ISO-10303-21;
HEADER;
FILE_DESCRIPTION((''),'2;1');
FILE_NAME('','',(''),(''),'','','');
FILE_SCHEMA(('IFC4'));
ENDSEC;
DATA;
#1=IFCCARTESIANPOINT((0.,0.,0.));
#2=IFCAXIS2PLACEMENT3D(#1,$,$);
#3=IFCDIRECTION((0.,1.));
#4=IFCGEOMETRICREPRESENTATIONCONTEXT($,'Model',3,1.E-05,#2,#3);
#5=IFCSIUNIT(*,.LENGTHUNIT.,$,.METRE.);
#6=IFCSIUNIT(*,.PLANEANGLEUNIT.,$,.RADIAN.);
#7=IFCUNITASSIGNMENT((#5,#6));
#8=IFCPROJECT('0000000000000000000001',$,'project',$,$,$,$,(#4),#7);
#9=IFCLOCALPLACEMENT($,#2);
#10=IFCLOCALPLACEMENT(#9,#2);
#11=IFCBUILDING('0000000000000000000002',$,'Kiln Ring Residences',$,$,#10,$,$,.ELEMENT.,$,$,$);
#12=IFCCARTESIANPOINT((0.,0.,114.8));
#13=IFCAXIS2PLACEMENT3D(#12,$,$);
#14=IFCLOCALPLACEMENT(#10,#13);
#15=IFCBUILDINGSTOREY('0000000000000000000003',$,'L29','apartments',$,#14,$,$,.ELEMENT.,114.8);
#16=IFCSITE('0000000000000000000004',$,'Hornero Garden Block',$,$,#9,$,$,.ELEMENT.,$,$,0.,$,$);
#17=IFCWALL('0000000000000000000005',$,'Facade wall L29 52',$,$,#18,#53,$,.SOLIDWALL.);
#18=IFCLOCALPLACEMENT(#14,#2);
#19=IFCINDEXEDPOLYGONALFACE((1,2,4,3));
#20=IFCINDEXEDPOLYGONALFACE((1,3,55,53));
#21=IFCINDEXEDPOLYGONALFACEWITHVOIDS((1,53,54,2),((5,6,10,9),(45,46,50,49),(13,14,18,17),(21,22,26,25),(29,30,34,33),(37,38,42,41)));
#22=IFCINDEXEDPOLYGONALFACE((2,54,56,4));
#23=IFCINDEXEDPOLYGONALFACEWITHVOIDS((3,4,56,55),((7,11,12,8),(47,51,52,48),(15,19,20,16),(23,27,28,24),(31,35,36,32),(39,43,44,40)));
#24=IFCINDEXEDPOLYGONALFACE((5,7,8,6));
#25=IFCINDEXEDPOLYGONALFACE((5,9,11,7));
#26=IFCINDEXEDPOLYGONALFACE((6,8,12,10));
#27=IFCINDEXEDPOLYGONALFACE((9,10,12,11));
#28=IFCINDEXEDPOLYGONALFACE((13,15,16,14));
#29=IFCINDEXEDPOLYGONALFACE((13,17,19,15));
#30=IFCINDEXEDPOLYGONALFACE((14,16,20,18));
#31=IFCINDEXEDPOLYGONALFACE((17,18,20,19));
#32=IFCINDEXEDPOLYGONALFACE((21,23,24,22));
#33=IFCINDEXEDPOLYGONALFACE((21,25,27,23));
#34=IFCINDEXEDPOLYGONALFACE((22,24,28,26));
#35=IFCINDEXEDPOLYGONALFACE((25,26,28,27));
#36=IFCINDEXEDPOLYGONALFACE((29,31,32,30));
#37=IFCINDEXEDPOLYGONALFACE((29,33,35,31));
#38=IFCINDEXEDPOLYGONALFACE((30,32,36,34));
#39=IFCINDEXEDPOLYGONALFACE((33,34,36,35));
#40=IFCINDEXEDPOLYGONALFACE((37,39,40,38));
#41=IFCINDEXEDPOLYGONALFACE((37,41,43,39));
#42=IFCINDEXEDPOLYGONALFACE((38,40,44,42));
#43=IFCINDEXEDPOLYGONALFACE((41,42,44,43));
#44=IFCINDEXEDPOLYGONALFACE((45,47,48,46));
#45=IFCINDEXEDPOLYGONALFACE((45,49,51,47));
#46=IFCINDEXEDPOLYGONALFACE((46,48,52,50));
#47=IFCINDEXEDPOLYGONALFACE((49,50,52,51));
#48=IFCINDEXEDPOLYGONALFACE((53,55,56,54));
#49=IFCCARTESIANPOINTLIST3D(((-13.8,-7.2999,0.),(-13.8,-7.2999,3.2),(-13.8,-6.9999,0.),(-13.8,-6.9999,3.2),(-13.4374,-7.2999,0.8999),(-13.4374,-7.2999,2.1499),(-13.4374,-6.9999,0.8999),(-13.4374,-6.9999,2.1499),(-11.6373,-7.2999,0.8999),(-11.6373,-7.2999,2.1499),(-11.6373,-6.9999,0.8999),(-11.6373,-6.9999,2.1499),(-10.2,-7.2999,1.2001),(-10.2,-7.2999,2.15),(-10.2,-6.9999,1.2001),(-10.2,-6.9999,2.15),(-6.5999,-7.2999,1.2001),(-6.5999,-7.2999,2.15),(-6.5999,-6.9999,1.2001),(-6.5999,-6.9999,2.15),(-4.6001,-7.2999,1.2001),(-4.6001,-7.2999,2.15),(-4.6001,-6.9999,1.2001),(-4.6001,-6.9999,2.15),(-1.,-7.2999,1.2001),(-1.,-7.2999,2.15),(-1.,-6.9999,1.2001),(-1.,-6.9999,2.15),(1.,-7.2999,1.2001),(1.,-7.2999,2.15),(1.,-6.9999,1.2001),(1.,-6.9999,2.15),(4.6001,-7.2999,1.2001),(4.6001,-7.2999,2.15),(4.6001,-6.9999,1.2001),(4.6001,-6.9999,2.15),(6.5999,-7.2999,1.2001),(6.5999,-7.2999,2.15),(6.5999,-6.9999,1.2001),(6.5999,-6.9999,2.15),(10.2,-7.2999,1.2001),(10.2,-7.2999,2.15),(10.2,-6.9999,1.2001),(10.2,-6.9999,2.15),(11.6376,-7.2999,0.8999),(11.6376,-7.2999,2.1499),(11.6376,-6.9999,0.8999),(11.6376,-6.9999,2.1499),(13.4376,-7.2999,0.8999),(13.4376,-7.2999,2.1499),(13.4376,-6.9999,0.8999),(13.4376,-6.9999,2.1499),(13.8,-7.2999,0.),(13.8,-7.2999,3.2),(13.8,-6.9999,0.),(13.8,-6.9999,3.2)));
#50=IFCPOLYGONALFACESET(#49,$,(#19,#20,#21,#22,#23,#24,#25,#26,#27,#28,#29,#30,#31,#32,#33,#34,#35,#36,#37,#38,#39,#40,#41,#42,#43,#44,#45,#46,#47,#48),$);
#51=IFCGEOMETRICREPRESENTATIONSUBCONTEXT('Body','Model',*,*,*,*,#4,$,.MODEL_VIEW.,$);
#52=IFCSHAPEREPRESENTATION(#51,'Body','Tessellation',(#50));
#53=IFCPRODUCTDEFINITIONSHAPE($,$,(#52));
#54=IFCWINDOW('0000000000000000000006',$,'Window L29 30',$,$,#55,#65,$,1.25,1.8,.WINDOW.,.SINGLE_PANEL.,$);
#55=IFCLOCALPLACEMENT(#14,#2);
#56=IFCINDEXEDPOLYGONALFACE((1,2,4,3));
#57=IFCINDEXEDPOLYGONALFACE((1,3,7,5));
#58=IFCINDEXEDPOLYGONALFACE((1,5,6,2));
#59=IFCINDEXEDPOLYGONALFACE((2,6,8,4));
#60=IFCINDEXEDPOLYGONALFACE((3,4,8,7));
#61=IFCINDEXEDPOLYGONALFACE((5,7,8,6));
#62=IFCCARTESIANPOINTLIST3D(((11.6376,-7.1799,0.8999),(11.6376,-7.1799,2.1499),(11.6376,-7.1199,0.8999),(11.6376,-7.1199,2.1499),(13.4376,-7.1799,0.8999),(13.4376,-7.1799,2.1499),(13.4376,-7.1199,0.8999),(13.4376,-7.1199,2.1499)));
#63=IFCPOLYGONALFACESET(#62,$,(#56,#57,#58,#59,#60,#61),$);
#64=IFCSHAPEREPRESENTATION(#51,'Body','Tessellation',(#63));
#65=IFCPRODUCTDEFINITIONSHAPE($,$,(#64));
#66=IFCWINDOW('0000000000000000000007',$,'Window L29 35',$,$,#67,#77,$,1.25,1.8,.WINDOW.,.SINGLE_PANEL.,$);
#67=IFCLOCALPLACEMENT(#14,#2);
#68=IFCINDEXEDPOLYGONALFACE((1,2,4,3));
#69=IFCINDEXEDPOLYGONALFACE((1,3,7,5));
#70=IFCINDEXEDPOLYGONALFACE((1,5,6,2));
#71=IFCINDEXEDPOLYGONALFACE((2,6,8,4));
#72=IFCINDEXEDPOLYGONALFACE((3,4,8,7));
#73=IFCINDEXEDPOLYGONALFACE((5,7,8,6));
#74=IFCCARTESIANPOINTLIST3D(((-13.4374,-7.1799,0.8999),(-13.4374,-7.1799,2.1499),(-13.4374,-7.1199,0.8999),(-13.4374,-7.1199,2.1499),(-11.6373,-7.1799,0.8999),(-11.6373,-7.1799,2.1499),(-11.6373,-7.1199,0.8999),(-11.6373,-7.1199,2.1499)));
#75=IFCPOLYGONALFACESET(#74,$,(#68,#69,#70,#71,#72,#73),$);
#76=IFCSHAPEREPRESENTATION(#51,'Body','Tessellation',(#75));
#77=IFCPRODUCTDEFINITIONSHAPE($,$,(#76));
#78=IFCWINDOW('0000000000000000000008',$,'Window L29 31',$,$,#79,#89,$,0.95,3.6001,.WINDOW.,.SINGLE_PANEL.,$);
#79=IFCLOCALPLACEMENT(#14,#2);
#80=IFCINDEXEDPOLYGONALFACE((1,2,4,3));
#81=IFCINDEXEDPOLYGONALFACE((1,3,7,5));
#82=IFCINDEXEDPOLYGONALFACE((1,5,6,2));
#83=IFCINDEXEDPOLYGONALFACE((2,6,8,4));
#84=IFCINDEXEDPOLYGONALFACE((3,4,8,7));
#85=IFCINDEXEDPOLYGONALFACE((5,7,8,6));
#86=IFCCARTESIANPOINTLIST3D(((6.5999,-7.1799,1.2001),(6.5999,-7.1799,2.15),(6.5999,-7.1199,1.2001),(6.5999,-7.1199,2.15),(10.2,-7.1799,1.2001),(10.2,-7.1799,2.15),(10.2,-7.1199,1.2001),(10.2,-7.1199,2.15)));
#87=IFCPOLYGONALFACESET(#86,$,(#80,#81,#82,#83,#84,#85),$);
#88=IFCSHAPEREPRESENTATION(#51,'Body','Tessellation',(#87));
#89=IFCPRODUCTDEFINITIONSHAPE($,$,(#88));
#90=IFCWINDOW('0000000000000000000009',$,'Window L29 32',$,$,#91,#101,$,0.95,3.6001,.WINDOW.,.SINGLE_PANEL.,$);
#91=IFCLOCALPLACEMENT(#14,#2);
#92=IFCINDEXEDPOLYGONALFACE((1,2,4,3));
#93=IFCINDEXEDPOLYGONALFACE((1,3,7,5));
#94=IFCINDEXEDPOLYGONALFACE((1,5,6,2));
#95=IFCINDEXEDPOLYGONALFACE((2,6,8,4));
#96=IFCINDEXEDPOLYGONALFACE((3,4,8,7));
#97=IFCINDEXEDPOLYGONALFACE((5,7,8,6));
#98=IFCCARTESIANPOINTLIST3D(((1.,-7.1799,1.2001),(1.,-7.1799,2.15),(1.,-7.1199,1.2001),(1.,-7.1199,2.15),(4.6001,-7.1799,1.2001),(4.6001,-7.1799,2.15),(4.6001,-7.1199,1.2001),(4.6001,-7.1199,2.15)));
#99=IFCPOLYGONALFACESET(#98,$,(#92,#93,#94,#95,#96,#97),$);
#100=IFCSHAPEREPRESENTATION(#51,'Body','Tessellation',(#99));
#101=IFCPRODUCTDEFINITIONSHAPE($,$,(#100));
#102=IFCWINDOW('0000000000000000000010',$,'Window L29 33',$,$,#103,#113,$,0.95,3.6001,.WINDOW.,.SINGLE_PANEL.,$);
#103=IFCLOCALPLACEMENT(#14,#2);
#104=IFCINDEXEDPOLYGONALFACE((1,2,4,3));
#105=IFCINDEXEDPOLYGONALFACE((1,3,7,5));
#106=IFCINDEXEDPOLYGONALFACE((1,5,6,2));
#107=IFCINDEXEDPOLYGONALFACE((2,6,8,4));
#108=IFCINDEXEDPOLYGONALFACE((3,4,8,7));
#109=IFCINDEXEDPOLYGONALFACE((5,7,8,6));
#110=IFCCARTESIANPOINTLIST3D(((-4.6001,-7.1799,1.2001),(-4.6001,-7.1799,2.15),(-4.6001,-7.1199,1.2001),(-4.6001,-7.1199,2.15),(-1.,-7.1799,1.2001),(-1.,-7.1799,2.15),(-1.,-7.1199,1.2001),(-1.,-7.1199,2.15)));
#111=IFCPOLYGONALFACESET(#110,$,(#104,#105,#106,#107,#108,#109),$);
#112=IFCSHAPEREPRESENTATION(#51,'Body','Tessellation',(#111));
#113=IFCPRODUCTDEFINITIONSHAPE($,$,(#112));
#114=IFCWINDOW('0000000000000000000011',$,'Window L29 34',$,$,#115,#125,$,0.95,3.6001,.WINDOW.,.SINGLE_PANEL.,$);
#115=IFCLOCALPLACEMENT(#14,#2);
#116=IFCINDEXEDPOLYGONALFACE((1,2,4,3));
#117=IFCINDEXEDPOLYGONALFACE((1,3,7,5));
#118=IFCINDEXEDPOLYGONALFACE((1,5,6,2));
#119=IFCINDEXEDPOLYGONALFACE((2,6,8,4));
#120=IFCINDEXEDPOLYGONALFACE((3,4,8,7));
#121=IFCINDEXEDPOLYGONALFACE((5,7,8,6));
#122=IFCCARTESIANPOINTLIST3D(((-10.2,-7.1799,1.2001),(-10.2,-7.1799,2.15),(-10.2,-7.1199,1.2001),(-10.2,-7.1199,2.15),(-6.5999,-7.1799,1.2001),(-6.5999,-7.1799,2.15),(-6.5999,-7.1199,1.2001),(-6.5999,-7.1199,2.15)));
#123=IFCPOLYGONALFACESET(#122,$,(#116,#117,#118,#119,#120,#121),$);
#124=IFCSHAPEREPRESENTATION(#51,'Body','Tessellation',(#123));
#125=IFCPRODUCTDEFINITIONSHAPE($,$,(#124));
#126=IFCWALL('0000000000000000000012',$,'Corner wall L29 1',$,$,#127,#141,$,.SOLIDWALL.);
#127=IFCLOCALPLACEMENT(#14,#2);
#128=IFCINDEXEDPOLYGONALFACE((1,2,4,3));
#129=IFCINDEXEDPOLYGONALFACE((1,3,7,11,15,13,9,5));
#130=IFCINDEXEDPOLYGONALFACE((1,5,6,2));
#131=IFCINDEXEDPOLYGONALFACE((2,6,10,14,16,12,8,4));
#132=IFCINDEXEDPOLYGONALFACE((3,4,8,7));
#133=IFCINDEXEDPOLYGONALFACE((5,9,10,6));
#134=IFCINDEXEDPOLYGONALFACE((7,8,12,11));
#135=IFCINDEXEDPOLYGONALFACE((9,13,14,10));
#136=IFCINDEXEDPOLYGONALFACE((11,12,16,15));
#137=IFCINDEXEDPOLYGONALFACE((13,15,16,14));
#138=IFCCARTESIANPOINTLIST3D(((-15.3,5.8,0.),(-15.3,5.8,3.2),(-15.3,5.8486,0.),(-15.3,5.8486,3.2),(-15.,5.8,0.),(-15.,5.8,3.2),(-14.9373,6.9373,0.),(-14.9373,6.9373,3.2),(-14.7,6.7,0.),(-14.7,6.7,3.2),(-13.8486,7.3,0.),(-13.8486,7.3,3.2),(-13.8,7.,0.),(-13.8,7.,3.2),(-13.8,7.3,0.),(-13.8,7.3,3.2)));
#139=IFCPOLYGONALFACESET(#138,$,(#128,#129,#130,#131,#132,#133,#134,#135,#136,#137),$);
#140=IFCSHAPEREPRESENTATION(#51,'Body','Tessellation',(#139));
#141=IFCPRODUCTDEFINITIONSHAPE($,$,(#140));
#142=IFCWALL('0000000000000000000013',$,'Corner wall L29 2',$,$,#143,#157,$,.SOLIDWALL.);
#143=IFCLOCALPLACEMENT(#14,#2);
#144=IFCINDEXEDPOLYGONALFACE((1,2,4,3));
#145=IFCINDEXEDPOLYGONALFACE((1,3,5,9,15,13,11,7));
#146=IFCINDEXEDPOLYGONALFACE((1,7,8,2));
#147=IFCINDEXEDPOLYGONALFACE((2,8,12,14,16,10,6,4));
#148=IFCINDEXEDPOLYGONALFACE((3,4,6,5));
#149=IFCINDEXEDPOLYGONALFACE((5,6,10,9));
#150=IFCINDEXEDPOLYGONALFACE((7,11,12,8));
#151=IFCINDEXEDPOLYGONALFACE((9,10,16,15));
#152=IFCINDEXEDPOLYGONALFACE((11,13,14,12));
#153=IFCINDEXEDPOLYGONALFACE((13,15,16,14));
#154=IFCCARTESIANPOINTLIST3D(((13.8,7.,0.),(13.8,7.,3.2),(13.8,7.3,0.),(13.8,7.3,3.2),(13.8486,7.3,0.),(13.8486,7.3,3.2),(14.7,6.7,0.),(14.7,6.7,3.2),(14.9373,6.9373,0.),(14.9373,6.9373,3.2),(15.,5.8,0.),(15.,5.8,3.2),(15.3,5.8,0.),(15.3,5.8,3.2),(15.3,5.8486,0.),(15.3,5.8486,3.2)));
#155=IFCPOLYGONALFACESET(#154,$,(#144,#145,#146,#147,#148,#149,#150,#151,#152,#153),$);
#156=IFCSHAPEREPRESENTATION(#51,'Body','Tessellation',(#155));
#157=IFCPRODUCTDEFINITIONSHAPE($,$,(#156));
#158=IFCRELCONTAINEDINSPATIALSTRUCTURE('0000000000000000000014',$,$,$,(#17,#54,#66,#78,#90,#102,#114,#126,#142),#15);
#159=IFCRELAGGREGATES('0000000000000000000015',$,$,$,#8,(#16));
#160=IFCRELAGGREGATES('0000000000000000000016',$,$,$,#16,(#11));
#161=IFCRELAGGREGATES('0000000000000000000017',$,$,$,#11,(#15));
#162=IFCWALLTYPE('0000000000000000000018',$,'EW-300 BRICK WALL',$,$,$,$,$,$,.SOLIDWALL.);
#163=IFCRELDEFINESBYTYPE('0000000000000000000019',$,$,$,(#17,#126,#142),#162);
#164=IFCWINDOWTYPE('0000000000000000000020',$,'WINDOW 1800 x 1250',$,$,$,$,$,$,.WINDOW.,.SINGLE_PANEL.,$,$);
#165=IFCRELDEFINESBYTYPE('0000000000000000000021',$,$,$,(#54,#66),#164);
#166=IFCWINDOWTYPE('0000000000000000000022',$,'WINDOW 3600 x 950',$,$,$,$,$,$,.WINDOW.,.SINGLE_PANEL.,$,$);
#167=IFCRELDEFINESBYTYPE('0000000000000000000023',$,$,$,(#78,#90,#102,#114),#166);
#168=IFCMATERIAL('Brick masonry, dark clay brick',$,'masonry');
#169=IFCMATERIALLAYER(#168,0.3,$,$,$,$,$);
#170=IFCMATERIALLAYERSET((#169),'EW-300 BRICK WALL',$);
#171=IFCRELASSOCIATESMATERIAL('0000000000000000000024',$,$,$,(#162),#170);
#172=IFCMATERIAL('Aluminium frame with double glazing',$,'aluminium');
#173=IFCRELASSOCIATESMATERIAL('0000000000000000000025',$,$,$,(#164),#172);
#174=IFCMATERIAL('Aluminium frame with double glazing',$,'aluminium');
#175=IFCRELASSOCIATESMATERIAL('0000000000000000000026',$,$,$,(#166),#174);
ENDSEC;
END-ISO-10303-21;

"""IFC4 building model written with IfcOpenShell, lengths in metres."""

from ifc_helpers import new_model, si_unit, direction, frame, frame_2d, origin, place, context, subcontext, project, spatial, polyline, rectangle, outline, extrude, material, layer, layer_set, type_object, element, fill, save


model = new_model("IFC4")

# Units and contexts
model_context = context("Model", 3, precision=1e-05, world=origin(), true_north=direction((0.0, 1.0)))
body_context = subcontext(model_context, "Body", "Model", "MODEL_VIEW")
ifc_project = project(units=[si_unit("LENGTHUNIT", "METRE"), si_unit("PLANEANGLEUNIT", "RADIAN")], contexts=[model_context])

# Site, building, storey
site_placement = place(None, origin())
site = spatial("IfcSite", under=ifc_project, at=site_placement, Name="Hornero Garden Block", CompositionType="ELEMENT", RefElevation=0.0)
building_placement = place(site_placement, origin())
building = spatial("IfcBuilding", under=site, at=building_placement, Name="Kiln Ring Residences", CompositionType="ELEMENT")
storey_placement = place(building_placement, frame((0.0, 0.0, 114.8)))
storey = spatial("IfcBuildingStorey", under=building, at=storey_placement, Name="L29", Description="apartments", CompositionType="ELEMENT", Elevation=114.8)

# Shared definitions
placement_1 = place(storey_placement, origin())

# Wall, openings, windows
ifc_material_1 = material(Name="Brick masonry, dark clay brick", Category="masonry")
ifc_layer_1 = layer(ifc_material_1, 0.3)
ifc_layer_set_1 = layer_set([ifc_layer_1], Name="EW-300 BRICK WALL")
wall_type_1 = type_object("IfcWallType", Name="EW-300 BRICK WALL", PredefinedType="SOLIDWALL", material=ifc_layer_set_1)
wall_1_placement = place(storey_placement, frame((13.8, -7.1499, 0.0), z_axis=(0.0, 0.0, 1.0), x_axis=(-1.0, 0.0, 0.0)))
wall_1 = element("IfcWall", 1, at=wall_1_placement, inside=storey, type_object=wall_type_1, Name="Facade wall L29 52", PredefinedType="SOLIDWALL", context=body_context, shape_type="SweptSolid", body=[
    extrude(rectangle(XDim=27.6001, YDim=0.3, at=frame_2d((13.8, 0.0))), origin(), (0.0, 0.0, 1.0), 3.2),
])
opening_1_placement = place(wall_1_placement, frame((0.3625, 0.0, 0.8999)))
opening_1 = element("IfcOpeningElement", 2, at=opening_1_placement, cuts=wall_1, PredefinedType="OPENING", context=body_context, shape_type="SweptSolid", body=[
    extrude(rectangle(XDim=1.8, YDim=1.25, at=frame_2d((0.8999, 0.625))), frame((0.0, 0.1599, 0.0), z_axis=(0.0, -1.0, 0.0), x_axis=(1.0, 0.0, 0.0)), (0.0, 0.0, 1.0), 0.3201),
])
opening_2_placement = place(wall_1_placement, frame((3.6001, 0.0, 1.2)))
opening_2 = element("IfcOpeningElement", 3, at=opening_2_placement, cuts=wall_1, PredefinedType="OPENING", context=body_context, shape_type="SweptSolid", body=[
    extrude(rectangle(XDim=3.6001, YDim=0.95, at=frame_2d((1.8, 0.4751))), frame((0.0, 0.1599, 0.0), z_axis=(0.0, -1.0, 0.0), x_axis=(1.0, 0.0, 0.0)), (0.0, 0.0, 1.0), 0.3201),
])
opening_3_placement = place(wall_1_placement, frame((9.2, 0.0, 1.2)))
opening_3 = element("IfcOpeningElement", 4, at=opening_3_placement, cuts=wall_1, PredefinedType="OPENING", context=body_context, shape_type="SweptSolid", body=[
    extrude(rectangle(XDim=3.6001, YDim=0.95, at=frame_2d((1.8, 0.4751))), frame((0.0, 0.1599, 0.0), z_axis=(0.0, -1.0, 0.0), x_axis=(1.0, 0.0, 0.0)), (0.0, 0.0, 1.0), 0.3201),
])
opening_4_placement = place(wall_1_placement, frame((14.8, 0.0, 1.2)))
opening_4 = element("IfcOpeningElement", 5, at=opening_4_placement, cuts=wall_1, PredefinedType="OPENING", context=body_context, shape_type="SweptSolid", body=[
    extrude(rectangle(XDim=3.6001, YDim=0.95, at=frame_2d((1.8, 0.4751))), frame((0.0, 0.1599, 0.0), z_axis=(0.0, -1.0, 0.0), x_axis=(1.0, 0.0, 0.0)), (0.0, 0.0, 1.0), 0.3201),
])
opening_5_placement = place(wall_1_placement, frame((20.3999, 0.0, 1.2)))
opening_5 = element("IfcOpeningElement", 6, at=opening_5_placement, cuts=wall_1, PredefinedType="OPENING", context=body_context, shape_type="SweptSolid", body=[
    extrude(rectangle(XDim=3.6001, YDim=0.95, at=frame_2d((1.8, 0.4751))), frame((0.0, 0.1599, 0.0), z_axis=(0.0, -1.0, 0.0), x_axis=(1.0, 0.0, 0.0)), (0.0, 0.0, 1.0), 0.3201),
])
opening_6_placement = place(wall_1_placement, frame((25.4375, 0.0, 0.8999)))
opening_6 = element("IfcOpeningElement", 7, at=opening_6_placement, cuts=wall_1, PredefinedType="OPENING", context=body_context, shape_type="SweptSolid", body=[
    extrude(rectangle(XDim=1.8, YDim=1.25, at=frame_2d((0.8999, 0.625))), frame((0.0, 0.1599, 0.0), z_axis=(0.0, -1.0, 0.0), x_axis=(1.0, 0.0, 0.0)), (0.0, 0.0, 1.0), 0.3201),
])
ifc_material_2 = material(Name="Aluminium frame with double glazing", Category="aluminium")
window_type_1 = type_object("IfcWindowType", Name="WINDOW 1800 x 1250", PartitioningType="SINGLE_PANEL", PredefinedType="WINDOW", material=ifc_material_2)
window_1_placement = place(opening_1_placement, origin())
window_1 = element("IfcWindow", 8, at=window_1_placement, inside=storey, type_object=window_type_1, Name="Window L29 30", OverallHeight=1.25, OverallWidth=1.8, PartitioningType="SINGLE_PANEL", PredefinedType="WINDOW", context=body_context, shape_type="SweptSolid", body=[
    extrude(rectangle(XDim=1.8, YDim=1.25, at=frame_2d((0.8999, 0.625))), frame((0.0, 0.03, 0.0), z_axis=(0.0, -1.0, 0.0), x_axis=(1.0, 0.0, 0.0)), (0.0, 0.0, 1.0), 0.0601),
])
fill(opening_1, window_1)
window_2_placement = place(opening_6_placement, origin())
window_2 = element("IfcWindow", 9, at=window_2_placement, inside=storey, type_object=window_type_1, Name="Window L29 35", OverallHeight=1.25, OverallWidth=1.8, PartitioningType="SINGLE_PANEL", PredefinedType="WINDOW", context=body_context, shape_type="SweptSolid", body=[
    extrude(rectangle(XDim=1.8, YDim=1.25, at=frame_2d((0.8999, 0.625))), frame((0.0, 0.03, 0.0), z_axis=(0.0, -1.0, 0.0), x_axis=(1.0, 0.0, 0.0)), (0.0, 0.0, 1.0), 0.0601),
])
fill(opening_6, window_2)
ifc_material_3 = material(Name="Aluminium frame with double glazing", Category="aluminium")
window_type_2 = type_object("IfcWindowType", Name="WINDOW 3600 x 950", PartitioningType="SINGLE_PANEL", PredefinedType="WINDOW", material=ifc_material_3)
window_3_placement = place(opening_2_placement, origin())
window_3 = element("IfcWindow", 10, at=window_3_placement, inside=storey, type_object=window_type_2, Name="Window L29 31", OverallHeight=0.95, OverallWidth=3.6001, PartitioningType="SINGLE_PANEL", PredefinedType="WINDOW", context=body_context, shape_type="SweptSolid", body=[
    extrude(rectangle(XDim=3.6001, YDim=0.95, at=frame_2d((1.8, 0.4751))), frame((0.0, 0.03, 0.0), z_axis=(0.0, -1.0, 0.0), x_axis=(1.0, 0.0, 0.0)), (0.0, 0.0, 1.0), 0.0601),
])
fill(opening_2, window_3)
window_4_placement = place(opening_3_placement, origin())
window_4 = element("IfcWindow", 11, at=window_4_placement, inside=storey, type_object=window_type_2, Name="Window L29 32", OverallHeight=0.95, OverallWidth=3.6001, PartitioningType="SINGLE_PANEL", PredefinedType="WINDOW", context=body_context, shape_type="SweptSolid", body=[
    extrude(rectangle(XDim=3.6001, YDim=0.95, at=frame_2d((1.8, 0.4751))), frame((0.0, 0.03, 0.0), z_axis=(0.0, -1.0, 0.0), x_axis=(1.0, 0.0, 0.0)), (0.0, 0.0, 1.0), 0.0601),
])
fill(opening_3, window_4)
window_5_placement = place(opening_4_placement, origin())
window_5 = element("IfcWindow", 12, at=window_5_placement, inside=storey, type_object=window_type_2, Name="Window L29 33", OverallHeight=0.95, OverallWidth=3.6001, PartitioningType="SINGLE_PANEL", PredefinedType="WINDOW", context=body_context, shape_type="SweptSolid", body=[
    extrude(rectangle(XDim=3.6001, YDim=0.95, at=frame_2d((1.8, 0.4751))), frame((0.0, 0.03, 0.0), z_axis=(0.0, -1.0, 0.0), x_axis=(1.0, 0.0, 0.0)), (0.0, 0.0, 1.0), 0.0601),
])
fill(opening_4, window_5)
window_6_placement = place(opening_5_placement, origin())
window_6 = element("IfcWindow", 13, at=window_6_placement, inside=storey, type_object=window_type_2, Name="Window L29 34", OverallHeight=0.95, OverallWidth=3.6001, PartitioningType="SINGLE_PANEL", PredefinedType="WINDOW", context=body_context, shape_type="SweptSolid", body=[
    extrude(rectangle(XDim=3.6001, YDim=0.95, at=frame_2d((1.8, 0.4751))), frame((0.0, 0.03, 0.0), z_axis=(0.0, -1.0, 0.0), x_axis=(1.0, 0.0, 0.0)), (0.0, 0.0, 1.0), 0.0601),
])
fill(opening_5, window_6)

# Walls
element("IfcWall", 14, at=placement_1, inside=storey, type_object=wall_type_1, Name="Corner wall L29 1", PredefinedType="SOLIDWALL", context=body_context, shape_type="SweptSolid", body=[
    extrude(outline(polyline([(-13.8486, 7.3), (-14.9373, 6.9373), (-15.3, 5.8486), (-15.3, 5.8), (-15.0, 5.8), (-14.7, 6.7), (-13.8, 7.0), (-13.8, 7.3), (-13.8486, 7.3)])), origin(), (0.0, 0.0, 1.0), 3.2),
])
element("IfcWall", 15, at=placement_1, inside=storey, type_object=wall_type_1, Name="Corner wall L29 2", PredefinedType="SOLIDWALL", context=body_context, shape_type="SweptSolid", body=[
    extrude(outline(polyline([(14.9373, 6.9373), (13.8486, 7.3), (13.8, 7.3), (13.8, 7.0), (14.7, 6.7), (15.0, 5.8), (15.3, 5.8), (15.3, 5.8486), (14.9373, 6.9373)])), origin(), (0.0, 0.0, 1.0), 3.2),
])

save(model, "model.ifc")
